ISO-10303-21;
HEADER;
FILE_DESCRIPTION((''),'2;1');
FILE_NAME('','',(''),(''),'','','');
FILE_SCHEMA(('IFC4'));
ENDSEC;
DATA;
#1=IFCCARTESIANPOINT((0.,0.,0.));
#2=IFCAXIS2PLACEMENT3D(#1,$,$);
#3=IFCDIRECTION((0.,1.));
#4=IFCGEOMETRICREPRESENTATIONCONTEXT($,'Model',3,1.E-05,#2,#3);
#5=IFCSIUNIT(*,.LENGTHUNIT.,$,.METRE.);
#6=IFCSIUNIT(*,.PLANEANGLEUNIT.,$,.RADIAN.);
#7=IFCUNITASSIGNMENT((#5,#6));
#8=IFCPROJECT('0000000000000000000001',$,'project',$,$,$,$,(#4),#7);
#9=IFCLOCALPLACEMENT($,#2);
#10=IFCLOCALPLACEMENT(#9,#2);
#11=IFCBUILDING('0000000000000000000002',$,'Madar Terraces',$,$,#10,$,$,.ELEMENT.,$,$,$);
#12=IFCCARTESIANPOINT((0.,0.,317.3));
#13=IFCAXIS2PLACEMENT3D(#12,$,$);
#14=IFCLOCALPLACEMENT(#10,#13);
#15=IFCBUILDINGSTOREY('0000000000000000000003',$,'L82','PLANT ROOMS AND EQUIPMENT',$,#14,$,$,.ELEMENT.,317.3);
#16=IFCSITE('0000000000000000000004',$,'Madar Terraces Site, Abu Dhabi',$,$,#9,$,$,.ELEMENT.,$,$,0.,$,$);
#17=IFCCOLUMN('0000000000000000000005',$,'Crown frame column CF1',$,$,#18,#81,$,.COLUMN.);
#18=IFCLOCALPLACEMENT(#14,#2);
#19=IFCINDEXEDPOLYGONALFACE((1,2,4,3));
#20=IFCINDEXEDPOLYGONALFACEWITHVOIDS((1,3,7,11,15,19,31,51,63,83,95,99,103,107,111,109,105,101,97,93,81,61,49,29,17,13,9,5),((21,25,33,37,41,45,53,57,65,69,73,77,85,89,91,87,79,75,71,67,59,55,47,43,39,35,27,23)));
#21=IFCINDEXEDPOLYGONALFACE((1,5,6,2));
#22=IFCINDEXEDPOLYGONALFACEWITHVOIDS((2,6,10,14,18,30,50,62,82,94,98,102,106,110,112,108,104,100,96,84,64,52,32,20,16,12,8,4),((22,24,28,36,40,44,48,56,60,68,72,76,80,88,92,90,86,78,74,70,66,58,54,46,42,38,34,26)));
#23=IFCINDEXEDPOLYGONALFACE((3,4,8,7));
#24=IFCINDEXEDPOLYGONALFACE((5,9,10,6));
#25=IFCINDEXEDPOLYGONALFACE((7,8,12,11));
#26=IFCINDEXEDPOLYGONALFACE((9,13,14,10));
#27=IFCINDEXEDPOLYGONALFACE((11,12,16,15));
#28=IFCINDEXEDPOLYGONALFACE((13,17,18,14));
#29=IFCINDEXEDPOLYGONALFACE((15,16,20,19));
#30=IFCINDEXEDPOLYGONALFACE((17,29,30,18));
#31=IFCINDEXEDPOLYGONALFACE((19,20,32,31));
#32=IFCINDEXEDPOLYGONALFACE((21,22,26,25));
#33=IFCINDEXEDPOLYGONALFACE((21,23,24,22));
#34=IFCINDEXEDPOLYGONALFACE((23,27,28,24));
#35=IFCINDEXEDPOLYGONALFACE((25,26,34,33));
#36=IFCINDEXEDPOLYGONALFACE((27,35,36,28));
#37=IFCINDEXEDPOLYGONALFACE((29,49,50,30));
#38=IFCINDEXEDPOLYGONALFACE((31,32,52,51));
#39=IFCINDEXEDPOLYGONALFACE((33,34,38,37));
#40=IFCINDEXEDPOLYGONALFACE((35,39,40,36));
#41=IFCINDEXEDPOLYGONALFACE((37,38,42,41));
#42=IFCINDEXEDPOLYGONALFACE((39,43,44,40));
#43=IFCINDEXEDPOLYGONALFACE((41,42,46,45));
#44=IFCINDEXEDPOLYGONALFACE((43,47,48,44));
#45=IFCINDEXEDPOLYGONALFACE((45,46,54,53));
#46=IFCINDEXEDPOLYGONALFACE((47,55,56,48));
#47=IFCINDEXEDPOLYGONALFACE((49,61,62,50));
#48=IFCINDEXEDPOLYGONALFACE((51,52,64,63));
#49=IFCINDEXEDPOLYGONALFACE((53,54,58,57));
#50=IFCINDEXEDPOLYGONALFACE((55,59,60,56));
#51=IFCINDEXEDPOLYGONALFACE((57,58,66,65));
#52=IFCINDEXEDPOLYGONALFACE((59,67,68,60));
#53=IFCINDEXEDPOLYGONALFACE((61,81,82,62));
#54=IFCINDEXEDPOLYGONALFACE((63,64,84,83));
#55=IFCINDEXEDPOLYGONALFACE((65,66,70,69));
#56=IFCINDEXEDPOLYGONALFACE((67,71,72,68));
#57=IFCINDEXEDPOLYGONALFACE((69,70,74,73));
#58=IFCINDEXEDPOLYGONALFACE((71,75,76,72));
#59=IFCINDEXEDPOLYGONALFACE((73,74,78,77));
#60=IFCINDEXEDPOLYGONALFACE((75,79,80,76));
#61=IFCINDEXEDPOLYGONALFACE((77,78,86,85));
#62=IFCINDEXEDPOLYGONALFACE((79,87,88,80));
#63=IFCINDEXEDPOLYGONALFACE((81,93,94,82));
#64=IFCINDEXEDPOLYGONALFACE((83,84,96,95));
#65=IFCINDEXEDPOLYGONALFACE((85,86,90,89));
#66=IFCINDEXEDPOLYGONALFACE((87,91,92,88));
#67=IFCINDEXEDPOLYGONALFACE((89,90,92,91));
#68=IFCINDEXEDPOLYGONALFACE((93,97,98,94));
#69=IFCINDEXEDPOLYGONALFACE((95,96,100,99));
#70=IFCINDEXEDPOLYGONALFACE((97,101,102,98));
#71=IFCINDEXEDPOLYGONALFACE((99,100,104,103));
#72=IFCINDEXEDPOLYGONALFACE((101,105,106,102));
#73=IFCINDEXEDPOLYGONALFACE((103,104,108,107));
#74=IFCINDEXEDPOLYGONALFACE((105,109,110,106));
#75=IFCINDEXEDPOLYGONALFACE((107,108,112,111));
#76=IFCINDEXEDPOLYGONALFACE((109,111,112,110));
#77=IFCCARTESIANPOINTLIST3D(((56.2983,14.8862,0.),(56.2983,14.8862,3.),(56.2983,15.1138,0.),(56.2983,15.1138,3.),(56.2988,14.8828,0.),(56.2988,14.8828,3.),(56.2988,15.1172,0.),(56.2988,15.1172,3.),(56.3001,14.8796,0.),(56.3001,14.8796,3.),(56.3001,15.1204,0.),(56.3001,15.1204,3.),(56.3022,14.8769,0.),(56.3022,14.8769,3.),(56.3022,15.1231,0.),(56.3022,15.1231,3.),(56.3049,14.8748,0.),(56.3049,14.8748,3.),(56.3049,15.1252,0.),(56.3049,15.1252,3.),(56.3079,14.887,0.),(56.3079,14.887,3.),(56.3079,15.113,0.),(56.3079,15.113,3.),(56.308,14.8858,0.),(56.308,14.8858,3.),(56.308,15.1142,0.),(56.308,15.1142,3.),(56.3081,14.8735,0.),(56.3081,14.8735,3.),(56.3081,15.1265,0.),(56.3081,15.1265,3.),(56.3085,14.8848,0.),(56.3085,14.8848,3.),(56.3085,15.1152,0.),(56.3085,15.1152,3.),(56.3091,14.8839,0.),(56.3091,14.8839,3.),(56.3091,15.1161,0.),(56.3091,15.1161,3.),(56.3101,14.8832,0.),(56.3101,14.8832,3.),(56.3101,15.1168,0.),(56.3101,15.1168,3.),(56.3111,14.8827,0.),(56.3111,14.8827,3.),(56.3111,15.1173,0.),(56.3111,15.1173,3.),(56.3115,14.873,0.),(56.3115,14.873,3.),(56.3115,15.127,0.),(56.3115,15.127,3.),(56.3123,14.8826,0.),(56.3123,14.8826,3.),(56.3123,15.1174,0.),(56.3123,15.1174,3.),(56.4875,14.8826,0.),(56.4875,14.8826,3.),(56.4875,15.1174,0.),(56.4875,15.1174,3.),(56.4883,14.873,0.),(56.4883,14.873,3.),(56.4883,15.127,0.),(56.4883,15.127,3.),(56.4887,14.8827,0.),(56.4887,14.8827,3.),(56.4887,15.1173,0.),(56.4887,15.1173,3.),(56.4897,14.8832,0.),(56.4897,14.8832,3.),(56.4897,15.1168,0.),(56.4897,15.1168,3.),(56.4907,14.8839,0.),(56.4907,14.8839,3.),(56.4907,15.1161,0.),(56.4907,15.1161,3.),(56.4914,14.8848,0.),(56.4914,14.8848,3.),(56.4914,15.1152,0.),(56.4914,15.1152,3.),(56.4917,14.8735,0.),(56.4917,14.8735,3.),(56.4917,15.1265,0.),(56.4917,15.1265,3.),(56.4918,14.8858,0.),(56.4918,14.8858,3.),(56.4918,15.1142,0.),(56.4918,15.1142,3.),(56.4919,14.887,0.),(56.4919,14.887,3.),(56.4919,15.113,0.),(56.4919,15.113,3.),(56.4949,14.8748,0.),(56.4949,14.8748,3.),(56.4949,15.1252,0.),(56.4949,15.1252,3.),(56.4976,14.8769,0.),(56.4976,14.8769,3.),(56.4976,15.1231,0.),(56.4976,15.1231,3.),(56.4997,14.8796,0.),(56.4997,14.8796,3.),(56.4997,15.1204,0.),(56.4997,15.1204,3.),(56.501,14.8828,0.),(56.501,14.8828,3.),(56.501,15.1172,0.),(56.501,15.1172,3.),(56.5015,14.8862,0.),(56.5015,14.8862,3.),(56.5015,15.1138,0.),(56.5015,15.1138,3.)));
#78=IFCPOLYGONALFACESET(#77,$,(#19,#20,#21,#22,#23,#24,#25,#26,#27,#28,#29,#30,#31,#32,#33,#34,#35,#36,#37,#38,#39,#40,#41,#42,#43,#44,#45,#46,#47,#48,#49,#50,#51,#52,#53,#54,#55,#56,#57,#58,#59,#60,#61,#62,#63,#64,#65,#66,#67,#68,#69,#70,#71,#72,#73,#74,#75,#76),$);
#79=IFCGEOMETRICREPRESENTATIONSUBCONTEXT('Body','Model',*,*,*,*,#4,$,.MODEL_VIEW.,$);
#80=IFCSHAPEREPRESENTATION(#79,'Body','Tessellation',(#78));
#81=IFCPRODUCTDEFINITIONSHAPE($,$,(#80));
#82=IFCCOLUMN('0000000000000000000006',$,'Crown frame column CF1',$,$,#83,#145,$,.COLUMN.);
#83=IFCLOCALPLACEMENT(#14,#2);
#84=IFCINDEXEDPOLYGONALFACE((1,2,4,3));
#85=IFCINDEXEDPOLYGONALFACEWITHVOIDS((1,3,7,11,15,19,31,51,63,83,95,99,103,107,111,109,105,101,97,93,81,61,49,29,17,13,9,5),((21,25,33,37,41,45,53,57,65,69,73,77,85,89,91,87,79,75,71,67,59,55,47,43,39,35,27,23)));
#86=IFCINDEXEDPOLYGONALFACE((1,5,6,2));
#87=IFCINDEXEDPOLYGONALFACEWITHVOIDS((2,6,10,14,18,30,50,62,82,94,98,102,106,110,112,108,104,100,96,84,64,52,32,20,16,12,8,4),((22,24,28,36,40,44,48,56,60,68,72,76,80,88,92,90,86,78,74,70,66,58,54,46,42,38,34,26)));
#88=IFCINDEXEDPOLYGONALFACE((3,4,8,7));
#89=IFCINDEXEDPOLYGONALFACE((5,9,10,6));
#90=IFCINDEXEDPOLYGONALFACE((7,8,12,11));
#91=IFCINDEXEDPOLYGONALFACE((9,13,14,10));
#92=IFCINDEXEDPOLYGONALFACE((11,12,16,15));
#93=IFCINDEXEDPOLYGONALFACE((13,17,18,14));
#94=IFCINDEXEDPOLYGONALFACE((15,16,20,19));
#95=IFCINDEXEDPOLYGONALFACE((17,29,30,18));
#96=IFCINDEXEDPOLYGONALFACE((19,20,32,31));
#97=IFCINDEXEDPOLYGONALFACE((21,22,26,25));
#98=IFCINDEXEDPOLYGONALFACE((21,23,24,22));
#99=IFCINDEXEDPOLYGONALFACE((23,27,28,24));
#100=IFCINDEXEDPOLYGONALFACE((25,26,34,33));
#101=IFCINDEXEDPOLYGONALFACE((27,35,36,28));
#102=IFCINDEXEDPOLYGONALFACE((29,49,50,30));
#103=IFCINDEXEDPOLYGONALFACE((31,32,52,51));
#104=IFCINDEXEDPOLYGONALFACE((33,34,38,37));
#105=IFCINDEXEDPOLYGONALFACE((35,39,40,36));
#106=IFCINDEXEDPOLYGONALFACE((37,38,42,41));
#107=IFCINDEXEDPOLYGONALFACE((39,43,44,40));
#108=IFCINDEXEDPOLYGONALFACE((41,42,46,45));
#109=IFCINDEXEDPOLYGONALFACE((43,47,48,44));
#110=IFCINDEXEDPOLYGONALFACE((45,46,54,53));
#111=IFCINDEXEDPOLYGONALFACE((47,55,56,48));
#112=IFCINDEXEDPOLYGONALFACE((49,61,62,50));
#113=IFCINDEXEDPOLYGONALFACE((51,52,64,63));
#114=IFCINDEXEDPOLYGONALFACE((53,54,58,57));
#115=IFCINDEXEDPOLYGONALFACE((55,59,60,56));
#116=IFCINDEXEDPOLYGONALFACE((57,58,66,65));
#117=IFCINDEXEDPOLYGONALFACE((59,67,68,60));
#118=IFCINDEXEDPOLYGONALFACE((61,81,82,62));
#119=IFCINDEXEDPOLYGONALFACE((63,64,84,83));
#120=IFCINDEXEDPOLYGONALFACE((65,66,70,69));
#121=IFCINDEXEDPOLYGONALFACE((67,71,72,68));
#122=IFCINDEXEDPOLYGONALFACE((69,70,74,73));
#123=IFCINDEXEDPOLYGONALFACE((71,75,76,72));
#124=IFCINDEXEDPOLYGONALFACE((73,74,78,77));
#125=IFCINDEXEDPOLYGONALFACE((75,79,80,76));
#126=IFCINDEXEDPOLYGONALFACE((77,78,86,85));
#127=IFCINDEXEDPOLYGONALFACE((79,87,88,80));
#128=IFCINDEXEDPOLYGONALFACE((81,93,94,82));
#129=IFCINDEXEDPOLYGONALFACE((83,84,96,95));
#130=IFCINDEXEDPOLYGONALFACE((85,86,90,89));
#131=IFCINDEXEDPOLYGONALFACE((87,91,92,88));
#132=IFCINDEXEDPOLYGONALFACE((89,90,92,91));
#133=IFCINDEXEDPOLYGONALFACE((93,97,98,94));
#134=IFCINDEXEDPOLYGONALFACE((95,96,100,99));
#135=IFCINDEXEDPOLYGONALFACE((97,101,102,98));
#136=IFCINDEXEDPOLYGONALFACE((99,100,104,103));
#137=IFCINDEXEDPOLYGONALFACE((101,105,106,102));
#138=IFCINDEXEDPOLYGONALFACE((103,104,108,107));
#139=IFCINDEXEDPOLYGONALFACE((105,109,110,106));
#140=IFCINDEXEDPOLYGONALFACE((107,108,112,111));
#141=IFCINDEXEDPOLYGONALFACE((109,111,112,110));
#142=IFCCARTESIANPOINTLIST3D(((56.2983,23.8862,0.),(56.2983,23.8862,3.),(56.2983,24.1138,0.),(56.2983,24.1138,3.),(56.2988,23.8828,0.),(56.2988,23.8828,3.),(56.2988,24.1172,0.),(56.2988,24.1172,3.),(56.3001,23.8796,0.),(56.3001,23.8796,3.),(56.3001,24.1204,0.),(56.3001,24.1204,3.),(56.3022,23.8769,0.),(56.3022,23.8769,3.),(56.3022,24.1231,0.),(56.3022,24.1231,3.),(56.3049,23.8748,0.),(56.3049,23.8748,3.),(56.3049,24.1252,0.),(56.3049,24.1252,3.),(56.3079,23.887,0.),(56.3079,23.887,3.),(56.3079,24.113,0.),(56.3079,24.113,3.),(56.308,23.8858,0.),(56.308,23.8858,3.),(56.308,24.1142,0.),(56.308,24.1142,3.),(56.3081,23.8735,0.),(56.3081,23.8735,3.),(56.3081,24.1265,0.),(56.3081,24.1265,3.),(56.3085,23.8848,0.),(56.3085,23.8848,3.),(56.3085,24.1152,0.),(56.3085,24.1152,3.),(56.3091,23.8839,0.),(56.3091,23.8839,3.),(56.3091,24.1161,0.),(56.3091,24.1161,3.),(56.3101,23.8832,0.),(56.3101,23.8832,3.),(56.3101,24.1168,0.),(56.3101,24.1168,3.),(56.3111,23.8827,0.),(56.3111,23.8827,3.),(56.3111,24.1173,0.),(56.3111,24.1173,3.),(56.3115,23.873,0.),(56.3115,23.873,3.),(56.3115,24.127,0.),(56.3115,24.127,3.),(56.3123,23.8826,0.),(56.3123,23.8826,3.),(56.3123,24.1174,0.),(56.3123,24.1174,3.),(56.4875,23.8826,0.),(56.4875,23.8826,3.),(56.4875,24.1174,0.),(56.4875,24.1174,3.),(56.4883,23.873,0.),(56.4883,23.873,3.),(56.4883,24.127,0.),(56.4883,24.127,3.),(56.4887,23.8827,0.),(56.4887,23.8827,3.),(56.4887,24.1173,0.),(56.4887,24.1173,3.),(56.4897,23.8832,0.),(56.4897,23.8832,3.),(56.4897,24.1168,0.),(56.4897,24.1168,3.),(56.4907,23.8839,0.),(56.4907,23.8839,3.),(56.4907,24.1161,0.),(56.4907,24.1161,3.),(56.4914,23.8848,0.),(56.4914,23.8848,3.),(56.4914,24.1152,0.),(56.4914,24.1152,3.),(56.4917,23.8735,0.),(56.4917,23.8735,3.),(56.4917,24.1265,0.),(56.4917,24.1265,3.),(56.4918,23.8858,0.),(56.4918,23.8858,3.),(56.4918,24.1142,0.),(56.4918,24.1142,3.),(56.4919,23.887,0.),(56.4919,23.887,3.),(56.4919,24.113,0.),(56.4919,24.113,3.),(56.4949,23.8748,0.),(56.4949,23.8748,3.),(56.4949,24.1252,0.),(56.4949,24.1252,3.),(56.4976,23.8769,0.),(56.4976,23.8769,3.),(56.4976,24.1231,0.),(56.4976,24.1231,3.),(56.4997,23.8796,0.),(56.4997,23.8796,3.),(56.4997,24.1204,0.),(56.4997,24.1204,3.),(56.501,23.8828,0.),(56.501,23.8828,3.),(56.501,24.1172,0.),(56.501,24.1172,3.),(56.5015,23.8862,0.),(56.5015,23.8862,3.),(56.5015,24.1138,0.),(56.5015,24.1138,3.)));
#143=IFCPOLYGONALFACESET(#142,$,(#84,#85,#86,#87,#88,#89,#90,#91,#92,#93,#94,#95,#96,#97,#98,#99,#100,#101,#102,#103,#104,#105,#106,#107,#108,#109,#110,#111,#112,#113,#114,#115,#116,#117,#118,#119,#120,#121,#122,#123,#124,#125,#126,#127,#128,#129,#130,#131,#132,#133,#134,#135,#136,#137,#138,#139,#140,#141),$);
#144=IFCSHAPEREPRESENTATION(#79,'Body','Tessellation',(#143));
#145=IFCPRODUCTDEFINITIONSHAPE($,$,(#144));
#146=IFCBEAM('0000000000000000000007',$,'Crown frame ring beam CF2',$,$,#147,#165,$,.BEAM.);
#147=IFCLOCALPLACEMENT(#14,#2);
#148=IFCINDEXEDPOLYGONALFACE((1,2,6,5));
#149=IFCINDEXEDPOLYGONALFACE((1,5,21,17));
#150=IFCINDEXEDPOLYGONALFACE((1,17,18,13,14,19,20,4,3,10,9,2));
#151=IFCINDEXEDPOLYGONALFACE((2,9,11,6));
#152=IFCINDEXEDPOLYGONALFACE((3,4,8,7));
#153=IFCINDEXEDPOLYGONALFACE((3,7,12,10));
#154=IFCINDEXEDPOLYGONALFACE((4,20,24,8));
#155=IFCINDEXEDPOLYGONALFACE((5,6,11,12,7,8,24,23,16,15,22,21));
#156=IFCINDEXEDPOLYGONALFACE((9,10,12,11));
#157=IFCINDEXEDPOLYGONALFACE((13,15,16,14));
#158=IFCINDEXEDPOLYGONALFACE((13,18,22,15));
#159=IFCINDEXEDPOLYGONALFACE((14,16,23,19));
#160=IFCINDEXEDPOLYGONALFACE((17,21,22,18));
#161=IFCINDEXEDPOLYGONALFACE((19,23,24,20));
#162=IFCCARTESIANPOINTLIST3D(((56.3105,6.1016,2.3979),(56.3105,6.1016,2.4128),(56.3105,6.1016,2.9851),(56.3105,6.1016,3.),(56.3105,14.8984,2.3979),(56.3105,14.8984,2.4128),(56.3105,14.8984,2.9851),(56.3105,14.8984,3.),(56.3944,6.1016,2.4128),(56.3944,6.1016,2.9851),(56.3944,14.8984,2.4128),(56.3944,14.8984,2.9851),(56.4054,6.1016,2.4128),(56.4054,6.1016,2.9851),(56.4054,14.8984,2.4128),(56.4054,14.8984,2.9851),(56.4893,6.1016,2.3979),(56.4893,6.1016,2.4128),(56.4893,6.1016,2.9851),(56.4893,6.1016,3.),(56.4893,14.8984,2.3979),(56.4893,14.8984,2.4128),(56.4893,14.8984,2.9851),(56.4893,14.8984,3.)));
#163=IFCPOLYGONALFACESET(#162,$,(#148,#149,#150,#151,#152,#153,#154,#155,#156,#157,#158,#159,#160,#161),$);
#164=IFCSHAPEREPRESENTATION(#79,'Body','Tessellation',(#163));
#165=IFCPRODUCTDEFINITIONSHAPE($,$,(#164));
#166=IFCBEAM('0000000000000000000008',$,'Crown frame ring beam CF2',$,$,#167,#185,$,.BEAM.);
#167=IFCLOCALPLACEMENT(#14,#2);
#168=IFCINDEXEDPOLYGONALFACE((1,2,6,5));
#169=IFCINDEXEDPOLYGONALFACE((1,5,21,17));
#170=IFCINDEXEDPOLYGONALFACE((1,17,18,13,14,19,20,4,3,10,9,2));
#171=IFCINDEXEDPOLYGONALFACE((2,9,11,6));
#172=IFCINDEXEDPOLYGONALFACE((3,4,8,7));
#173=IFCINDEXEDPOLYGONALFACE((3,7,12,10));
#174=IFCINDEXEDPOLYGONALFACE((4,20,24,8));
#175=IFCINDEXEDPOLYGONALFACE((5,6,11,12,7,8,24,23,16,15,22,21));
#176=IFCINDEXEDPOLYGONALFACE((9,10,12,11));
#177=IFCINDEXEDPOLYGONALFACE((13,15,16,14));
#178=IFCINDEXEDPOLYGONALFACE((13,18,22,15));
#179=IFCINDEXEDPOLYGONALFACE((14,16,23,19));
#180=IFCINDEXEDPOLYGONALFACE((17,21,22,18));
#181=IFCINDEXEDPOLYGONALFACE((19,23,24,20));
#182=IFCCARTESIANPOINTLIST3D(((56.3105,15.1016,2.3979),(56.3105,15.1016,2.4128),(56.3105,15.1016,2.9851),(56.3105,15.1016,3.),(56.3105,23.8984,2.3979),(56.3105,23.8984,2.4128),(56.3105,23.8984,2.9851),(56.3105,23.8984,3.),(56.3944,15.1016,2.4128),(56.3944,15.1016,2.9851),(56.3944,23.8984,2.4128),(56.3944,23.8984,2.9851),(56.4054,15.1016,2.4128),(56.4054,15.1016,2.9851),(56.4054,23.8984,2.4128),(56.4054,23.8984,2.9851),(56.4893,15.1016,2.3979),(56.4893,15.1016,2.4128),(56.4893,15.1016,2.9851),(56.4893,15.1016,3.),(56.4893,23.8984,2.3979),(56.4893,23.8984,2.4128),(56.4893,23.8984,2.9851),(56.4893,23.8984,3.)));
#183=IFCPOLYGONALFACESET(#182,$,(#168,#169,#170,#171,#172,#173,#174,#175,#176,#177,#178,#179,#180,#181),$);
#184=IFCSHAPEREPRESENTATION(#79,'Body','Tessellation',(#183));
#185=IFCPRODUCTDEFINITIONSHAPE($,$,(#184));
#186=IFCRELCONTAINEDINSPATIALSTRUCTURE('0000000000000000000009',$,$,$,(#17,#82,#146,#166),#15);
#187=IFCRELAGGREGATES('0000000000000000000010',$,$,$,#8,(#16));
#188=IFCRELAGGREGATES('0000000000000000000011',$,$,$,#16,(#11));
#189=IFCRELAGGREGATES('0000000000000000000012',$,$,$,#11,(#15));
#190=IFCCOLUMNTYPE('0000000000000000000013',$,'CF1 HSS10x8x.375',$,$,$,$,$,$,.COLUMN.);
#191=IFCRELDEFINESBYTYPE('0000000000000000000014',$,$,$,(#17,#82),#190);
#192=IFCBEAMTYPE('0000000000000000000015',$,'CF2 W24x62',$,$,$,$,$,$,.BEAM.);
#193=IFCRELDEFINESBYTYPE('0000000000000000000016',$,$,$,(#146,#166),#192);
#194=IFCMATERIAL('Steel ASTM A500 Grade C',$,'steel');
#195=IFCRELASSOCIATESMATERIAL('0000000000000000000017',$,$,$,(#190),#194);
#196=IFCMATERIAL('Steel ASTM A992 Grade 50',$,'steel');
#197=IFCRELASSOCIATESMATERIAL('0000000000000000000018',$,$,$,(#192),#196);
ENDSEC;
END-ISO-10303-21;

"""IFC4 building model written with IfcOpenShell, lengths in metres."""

from ifc_helpers import new_model, si_unit, direction, frame, origin, origin_2d, place, context, subcontext, project, spatial, hollow_rectangle, i_section, extrude, material, material_profile, profile_set, type_object, element, save


model = new_model("IFC4")

# Units and contexts
model_context = context("Model", 3, precision=1e-05, world=origin(), true_north=direction((0.0, 1.0)))
body_context = subcontext(model_context, "Body", "Model", "MODEL_VIEW")
ifc_project = project(units=[si_unit("LENGTHUNIT", "METRE"), si_unit("PLANEANGLEUNIT", "RADIAN")], contexts=[model_context])

# Site, building, storey
site_placement = place(None, origin())
site = spatial("IfcSite", under=ifc_project, at=site_placement, Name="Madar Terraces Site, Abu Dhabi", CompositionType="ELEMENT", RefElevation=0.0)
building_placement = place(site_placement, origin())
building = spatial("IfcBuilding", under=site, at=building_placement, Name="Madar Terraces", CompositionType="ELEMENT")
storey_placement = place(building_placement, frame((0.0, 0.0, 317.3)))
storey = spatial("IfcBuildingStorey", under=building, at=storey_placement, Name="L82", Description="PLANT ROOMS AND EQUIPMENT", CompositionType="ELEMENT", Elevation=317.3)

# Columns
ifc_material_1 = material(Name="Steel ASTM A500 Grade C", Category="steel")
ifc_material_profile_1 = material_profile(ifc_material_1, hollow_rectangle(XDim=0.2031, YDim=0.2539, WallThickness=0.0095, InnerFilletRadius=0.0044, OuterFilletRadius=0.0132, at=origin_2d()), Name="HSS10x8x.375")
ifc_profile_set_1 = profile_set([ifc_material_profile_1], Name="Steel ASTM A500 Grade C")
column_type = type_object("IfcColumnType", Name="CF1 HSS10x8x.375", PredefinedType="COLUMN", material=ifc_profile_set_1)
for number, where, z_axis, x_axis, name in (
    (1, (56.3999, 15.0, 0.0), (0.0, 0.0, 1.0), (1.0, 0.0, 0.0), "Crown frame column CF1"),
    (2, (56.3999, 24.0, 0.0), (0.0, 0.0, 1.0), (1.0, 0.0, 0.0), "Crown frame column CF1"),
):
    element("IfcColumn", number, at=place(storey_placement, frame(where, z_axis=z_axis, x_axis=x_axis)), inside=storey, type_object=column_type, Name=name, PredefinedType="COLUMN", context=body_context, shape_type="SweptSolid", body=[
        extrude(hollow_rectangle(XDim=0.2031, YDim=0.2539, WallThickness=0.0095, InnerFilletRadius=0.0044, OuterFilletRadius=0.0132, at=origin_2d()), origin(), (0.0, 0.0, 1.0), 3.0),
    ])

# Beams
ifc_material_2 = material(Name="Steel ASTM A992 Grade 50", Category="steel")
ifc_material_profile_2 = material_profile(ifc_material_2, i_section(OverallWidth=0.1787, OverallDepth=0.6021, WebThickness=0.011, FlangeThickness=0.0149, at=origin_2d()), Name="W24x62")
ifc_profile_set_2 = profile_set([ifc_material_profile_2], Name="Steel ASTM A992 Grade 50")
beam_type = type_object("IfcBeamType", Name="CF2 W24x62", PredefinedType="BEAM", material=ifc_profile_set_2)
for number, where, z_axis, x_axis, name in (
    (3, (56.3999, 6.1016, 2.699), (0.0, 1.0, 0.0), (-1.0, 0.0, 0.0), "Crown frame ring beam CF2"),
    (4, (56.3999, 15.1016, 2.699), (0.0, 1.0, 0.0), (-1.0, 0.0, 0.0), "Crown frame ring beam CF2"),
):
    element("IfcBeam", number, at=place(storey_placement, frame(where, z_axis=z_axis, x_axis=x_axis)), inside=storey, type_object=beam_type, Name=name, PredefinedType="BEAM", context=body_context, shape_type="SweptSolid", body=[
        extrude(i_section(OverallWidth=0.1787, OverallDepth=0.6021, WebThickness=0.011, FlangeThickness=0.0149, at=origin_2d()), origin(), (0.0, 0.0, 1.0), 8.7969),
    ])

save(model, "model.ifc")
